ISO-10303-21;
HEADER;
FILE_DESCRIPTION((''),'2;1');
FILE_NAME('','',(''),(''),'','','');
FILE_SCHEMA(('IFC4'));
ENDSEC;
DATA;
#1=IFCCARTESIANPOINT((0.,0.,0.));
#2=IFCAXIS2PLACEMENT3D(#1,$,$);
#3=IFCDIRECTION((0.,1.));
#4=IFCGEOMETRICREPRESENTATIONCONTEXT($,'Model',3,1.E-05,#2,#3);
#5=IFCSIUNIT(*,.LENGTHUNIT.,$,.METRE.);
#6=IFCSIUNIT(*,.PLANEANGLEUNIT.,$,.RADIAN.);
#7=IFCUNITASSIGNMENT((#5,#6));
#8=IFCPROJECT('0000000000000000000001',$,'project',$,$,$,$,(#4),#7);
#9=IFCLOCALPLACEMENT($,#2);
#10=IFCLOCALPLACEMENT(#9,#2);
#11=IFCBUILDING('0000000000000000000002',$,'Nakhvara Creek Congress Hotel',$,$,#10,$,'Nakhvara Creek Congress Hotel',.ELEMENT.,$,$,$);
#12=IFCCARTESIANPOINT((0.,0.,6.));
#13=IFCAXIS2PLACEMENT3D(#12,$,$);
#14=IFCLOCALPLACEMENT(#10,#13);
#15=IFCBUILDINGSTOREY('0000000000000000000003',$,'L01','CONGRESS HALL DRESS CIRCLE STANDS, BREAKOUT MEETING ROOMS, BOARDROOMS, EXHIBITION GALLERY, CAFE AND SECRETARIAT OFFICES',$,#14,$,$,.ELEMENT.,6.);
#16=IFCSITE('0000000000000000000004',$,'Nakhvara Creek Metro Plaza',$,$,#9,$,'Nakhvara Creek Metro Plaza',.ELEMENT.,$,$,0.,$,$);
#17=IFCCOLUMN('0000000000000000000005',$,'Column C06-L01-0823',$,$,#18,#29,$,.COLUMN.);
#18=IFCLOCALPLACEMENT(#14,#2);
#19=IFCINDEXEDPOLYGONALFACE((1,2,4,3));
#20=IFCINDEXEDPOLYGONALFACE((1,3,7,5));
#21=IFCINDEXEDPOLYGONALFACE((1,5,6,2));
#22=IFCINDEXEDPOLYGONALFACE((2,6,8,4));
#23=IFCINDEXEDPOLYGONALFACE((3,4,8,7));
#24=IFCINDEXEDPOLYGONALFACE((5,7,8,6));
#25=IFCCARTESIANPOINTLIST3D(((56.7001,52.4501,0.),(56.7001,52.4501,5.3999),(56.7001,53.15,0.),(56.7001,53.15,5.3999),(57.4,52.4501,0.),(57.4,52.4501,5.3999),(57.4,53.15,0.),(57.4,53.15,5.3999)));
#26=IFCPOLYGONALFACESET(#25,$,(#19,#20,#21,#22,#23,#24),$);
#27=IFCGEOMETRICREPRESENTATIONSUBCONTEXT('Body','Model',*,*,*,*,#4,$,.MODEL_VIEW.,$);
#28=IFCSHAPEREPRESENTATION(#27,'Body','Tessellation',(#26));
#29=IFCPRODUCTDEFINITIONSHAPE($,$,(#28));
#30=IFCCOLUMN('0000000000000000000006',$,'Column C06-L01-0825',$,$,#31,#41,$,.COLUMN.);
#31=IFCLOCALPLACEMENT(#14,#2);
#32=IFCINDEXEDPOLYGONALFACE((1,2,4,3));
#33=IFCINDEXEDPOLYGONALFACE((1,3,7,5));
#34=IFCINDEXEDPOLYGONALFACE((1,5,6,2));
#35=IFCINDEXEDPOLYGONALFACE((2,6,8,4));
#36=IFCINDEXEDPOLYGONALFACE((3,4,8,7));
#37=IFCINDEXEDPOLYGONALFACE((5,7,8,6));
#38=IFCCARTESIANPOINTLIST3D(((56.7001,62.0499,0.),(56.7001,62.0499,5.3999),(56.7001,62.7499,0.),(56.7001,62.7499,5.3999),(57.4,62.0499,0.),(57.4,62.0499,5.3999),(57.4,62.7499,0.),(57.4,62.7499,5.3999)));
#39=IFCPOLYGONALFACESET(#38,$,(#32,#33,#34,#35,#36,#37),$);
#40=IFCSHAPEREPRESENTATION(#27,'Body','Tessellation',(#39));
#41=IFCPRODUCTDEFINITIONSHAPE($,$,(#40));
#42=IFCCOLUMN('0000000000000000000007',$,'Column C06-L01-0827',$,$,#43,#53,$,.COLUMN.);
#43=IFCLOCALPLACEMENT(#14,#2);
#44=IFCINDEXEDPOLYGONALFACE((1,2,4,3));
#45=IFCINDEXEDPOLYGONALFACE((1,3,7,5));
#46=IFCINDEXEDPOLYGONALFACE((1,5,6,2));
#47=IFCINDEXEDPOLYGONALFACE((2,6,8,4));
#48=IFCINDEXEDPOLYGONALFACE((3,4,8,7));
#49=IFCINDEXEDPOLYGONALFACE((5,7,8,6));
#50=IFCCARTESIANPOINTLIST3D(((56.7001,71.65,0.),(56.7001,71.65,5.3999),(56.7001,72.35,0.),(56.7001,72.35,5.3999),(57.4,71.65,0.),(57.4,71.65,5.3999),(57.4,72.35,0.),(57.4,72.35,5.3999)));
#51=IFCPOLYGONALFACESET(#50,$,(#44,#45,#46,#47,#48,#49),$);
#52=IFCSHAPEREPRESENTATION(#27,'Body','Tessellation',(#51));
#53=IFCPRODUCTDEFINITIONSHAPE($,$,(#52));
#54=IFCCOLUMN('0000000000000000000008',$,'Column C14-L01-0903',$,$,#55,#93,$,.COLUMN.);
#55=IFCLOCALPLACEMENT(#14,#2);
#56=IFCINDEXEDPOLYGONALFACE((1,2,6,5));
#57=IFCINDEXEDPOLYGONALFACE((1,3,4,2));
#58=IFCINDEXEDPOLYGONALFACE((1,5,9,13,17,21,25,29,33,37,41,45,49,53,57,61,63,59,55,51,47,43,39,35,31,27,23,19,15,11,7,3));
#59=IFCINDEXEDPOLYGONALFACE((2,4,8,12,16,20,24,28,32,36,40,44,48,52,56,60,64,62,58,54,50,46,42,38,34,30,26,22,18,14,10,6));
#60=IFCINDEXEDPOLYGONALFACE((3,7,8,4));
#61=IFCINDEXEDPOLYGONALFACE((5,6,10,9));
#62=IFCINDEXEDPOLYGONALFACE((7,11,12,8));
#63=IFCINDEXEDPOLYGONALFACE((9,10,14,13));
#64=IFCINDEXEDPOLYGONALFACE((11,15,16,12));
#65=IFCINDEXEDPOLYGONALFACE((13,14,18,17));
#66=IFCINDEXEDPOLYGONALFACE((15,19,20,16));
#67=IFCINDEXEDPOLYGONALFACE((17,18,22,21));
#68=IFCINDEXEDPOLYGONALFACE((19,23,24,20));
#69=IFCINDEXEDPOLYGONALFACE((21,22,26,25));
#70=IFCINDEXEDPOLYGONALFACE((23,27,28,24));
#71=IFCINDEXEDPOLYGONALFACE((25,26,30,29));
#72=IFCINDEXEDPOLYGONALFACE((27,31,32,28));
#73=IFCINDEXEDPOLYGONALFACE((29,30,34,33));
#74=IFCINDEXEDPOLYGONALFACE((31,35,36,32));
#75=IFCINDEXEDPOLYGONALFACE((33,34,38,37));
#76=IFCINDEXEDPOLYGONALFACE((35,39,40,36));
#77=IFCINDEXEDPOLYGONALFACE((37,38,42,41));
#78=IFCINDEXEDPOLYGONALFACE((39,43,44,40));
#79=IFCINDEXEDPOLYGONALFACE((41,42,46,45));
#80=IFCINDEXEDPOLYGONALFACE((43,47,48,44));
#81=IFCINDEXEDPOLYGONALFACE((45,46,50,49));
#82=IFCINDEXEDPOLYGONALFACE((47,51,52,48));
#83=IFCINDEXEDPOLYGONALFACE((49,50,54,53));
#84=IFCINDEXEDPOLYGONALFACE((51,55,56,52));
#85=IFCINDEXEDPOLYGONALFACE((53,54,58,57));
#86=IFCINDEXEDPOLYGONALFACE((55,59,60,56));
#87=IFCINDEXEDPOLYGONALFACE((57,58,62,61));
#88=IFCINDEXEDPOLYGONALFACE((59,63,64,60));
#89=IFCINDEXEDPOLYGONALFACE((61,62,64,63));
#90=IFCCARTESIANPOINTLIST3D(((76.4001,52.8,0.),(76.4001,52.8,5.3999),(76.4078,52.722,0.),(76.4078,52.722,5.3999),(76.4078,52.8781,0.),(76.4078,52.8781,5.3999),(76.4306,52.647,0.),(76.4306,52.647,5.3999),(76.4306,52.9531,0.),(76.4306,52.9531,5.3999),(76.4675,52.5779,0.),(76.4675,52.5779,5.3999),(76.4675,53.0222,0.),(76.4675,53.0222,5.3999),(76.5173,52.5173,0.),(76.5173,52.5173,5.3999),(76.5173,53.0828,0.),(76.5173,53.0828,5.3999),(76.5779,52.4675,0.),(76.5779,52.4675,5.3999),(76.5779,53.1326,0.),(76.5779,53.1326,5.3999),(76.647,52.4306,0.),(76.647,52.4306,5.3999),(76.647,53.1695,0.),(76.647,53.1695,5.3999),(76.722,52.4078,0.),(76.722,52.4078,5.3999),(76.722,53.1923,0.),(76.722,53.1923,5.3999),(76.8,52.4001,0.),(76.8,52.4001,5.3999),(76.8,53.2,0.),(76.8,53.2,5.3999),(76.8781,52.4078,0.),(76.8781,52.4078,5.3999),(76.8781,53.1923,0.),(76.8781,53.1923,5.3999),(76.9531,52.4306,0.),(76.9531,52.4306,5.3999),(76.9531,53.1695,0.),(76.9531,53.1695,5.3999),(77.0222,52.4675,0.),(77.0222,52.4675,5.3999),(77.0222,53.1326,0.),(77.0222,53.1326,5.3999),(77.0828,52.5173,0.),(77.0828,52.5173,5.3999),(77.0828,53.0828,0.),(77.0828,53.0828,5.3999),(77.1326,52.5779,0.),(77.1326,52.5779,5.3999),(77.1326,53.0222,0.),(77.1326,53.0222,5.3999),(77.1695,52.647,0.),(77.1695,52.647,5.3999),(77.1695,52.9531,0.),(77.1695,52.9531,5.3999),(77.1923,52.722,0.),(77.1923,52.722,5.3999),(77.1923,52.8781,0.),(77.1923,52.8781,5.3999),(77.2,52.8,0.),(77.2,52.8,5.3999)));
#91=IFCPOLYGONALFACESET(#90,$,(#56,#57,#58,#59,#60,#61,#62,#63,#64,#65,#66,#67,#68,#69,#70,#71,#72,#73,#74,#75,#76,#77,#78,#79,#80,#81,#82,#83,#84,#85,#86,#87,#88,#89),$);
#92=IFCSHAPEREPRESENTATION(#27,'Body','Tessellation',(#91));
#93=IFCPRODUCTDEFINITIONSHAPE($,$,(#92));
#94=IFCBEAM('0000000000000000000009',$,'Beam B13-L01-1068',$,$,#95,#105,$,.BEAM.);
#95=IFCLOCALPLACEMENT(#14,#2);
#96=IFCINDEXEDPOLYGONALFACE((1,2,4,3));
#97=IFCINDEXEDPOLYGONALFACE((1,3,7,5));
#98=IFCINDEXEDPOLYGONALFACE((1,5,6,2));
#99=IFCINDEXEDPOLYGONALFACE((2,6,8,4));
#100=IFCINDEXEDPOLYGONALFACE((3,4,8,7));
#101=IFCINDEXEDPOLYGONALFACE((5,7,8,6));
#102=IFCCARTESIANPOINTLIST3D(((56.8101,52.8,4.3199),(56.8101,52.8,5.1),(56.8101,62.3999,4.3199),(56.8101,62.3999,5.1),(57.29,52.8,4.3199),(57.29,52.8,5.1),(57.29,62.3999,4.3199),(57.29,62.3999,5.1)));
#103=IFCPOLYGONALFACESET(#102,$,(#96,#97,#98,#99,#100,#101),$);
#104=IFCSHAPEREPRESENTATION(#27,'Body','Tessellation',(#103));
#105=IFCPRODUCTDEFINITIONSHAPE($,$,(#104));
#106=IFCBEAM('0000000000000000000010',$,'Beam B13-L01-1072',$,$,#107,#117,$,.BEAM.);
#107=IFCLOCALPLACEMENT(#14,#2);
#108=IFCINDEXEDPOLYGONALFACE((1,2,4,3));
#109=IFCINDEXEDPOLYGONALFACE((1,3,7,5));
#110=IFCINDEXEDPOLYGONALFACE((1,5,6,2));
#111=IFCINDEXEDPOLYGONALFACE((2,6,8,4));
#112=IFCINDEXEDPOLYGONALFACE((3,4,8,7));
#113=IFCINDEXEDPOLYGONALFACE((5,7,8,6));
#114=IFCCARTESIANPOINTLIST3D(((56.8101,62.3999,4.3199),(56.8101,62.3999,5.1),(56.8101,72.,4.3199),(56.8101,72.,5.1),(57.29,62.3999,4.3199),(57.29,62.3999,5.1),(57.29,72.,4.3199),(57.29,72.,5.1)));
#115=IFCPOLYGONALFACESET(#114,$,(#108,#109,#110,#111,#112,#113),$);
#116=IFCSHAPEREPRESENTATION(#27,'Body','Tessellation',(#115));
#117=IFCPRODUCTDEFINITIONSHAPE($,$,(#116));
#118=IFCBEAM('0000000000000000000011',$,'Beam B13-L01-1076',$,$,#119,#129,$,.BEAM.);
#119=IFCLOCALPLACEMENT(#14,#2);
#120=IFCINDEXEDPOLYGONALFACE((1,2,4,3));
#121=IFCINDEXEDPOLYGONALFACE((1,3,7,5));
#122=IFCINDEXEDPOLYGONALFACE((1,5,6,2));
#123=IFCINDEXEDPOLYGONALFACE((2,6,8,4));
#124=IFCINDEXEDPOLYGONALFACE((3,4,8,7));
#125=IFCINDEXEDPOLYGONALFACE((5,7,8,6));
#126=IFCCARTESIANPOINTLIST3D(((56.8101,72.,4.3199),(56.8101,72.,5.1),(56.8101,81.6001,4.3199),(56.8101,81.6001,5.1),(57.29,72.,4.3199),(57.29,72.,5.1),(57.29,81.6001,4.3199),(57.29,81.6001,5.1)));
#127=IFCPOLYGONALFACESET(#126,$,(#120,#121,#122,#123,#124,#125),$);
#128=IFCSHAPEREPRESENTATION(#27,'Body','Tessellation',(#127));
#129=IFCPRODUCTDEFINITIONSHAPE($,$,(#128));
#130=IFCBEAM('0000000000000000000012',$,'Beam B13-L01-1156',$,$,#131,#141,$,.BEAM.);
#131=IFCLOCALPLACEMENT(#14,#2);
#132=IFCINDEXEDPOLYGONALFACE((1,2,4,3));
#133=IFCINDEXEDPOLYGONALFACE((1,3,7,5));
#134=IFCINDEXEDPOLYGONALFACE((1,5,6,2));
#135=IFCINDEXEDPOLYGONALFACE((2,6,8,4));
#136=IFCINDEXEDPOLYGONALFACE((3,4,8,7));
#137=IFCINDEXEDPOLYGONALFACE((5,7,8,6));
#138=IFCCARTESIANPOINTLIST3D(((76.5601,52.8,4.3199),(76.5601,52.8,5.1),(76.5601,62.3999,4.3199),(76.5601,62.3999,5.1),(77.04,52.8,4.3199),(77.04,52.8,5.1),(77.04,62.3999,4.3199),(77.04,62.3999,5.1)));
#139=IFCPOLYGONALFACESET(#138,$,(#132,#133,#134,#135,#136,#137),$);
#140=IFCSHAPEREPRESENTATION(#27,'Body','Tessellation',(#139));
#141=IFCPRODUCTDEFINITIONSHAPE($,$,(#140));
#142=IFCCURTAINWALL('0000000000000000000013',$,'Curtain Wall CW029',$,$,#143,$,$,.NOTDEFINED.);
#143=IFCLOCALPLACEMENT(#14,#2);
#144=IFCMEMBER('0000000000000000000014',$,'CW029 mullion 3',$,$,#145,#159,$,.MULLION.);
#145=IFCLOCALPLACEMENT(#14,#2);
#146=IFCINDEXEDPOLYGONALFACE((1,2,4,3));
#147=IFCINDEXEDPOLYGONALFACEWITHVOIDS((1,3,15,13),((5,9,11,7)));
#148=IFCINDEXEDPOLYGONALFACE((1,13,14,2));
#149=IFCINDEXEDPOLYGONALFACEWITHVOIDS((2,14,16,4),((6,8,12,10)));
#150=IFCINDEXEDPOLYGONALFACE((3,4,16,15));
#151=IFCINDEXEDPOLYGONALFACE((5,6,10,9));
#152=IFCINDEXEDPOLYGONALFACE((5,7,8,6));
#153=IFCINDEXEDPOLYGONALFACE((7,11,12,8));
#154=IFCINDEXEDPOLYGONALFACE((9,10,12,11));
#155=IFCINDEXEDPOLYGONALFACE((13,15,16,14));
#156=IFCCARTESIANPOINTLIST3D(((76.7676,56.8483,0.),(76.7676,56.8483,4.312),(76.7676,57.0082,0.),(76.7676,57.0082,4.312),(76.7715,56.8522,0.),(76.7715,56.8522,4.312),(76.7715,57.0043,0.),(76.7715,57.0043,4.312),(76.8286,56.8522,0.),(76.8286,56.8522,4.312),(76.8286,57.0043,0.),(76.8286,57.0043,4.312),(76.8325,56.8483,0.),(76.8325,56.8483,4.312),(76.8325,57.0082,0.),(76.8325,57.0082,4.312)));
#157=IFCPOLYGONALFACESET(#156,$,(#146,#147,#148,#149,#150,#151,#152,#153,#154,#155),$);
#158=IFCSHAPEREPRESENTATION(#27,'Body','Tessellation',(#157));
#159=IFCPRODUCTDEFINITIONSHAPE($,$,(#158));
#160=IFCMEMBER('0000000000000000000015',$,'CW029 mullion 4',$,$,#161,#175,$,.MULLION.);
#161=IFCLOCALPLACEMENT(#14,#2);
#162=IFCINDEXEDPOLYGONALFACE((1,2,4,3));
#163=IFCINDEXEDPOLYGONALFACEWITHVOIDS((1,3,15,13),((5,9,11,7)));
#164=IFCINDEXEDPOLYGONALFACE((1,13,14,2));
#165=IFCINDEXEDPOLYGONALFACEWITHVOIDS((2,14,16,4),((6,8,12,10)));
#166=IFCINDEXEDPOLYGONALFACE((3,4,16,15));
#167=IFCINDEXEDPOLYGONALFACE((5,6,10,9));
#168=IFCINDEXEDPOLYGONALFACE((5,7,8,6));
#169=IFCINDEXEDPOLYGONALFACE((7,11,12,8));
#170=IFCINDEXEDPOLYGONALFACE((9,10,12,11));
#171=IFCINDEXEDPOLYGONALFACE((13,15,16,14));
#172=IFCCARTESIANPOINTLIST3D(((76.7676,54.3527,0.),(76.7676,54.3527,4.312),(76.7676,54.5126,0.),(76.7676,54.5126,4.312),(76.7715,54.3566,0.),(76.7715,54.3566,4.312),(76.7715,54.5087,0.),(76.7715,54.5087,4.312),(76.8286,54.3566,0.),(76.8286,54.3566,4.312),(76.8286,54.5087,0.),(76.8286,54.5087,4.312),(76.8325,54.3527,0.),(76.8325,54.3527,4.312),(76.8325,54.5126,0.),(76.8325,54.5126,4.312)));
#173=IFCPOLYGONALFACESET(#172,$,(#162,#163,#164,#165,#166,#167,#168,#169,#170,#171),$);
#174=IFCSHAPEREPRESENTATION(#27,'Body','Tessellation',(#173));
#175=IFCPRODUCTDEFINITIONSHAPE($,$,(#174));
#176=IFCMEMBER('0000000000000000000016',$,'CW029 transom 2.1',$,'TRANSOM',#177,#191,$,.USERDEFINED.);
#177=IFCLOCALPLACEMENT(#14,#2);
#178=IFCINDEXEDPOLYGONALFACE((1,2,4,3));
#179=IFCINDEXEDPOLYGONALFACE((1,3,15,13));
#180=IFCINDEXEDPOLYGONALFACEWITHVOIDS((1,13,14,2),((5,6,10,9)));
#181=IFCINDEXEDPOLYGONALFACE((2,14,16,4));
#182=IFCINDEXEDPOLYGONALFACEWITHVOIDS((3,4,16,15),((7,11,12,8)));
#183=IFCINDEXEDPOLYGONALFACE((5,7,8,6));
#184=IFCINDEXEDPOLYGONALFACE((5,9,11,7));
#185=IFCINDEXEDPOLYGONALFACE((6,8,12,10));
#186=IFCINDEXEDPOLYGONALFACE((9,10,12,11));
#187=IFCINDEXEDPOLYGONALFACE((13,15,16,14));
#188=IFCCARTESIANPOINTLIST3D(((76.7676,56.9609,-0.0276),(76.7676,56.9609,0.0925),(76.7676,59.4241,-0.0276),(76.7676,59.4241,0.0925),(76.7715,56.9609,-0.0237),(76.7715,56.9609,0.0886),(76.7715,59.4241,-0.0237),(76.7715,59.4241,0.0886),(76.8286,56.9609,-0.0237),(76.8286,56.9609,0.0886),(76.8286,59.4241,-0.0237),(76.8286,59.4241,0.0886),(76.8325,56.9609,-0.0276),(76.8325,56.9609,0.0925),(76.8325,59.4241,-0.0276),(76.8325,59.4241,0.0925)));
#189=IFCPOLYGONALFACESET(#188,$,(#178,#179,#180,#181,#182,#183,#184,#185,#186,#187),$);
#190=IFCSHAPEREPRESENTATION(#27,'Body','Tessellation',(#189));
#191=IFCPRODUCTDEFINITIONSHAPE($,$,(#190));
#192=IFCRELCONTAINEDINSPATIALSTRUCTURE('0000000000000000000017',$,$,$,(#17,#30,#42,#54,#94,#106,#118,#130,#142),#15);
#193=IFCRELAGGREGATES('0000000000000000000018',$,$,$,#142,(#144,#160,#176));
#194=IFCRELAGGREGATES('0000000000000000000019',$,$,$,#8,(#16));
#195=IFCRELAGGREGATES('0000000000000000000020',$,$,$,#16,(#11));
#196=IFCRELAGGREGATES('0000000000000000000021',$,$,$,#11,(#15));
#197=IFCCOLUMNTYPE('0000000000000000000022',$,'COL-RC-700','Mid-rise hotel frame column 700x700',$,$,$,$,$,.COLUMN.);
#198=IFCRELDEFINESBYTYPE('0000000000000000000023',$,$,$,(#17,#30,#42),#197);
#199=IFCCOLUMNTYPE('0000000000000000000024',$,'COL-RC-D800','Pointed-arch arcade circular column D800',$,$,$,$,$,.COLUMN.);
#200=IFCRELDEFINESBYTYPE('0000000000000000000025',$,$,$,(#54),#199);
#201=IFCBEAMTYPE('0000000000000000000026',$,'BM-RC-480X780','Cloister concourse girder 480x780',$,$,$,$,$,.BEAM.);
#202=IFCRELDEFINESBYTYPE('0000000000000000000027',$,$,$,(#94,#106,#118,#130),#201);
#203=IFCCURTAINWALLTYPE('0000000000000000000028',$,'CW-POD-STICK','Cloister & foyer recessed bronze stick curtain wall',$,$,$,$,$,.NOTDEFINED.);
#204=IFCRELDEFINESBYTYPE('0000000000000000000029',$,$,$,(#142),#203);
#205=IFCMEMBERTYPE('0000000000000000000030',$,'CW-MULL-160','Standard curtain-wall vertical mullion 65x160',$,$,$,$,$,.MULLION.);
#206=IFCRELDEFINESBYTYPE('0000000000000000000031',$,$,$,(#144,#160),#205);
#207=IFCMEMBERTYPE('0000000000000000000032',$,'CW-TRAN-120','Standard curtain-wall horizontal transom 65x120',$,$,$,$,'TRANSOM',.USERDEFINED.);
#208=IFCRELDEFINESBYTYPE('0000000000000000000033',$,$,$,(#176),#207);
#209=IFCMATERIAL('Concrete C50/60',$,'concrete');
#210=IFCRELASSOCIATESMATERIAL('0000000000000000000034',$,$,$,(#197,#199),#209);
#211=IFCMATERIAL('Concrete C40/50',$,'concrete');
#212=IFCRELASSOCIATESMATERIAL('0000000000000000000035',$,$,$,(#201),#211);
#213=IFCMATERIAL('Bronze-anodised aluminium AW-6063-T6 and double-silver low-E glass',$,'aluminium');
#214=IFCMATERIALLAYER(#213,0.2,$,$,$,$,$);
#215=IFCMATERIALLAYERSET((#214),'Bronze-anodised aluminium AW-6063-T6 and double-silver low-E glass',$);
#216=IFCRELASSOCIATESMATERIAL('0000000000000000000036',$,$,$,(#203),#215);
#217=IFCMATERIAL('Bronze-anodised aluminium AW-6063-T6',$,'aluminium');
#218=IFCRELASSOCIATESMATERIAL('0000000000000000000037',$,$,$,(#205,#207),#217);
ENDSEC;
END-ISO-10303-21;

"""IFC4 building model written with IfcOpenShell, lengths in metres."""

from ifc_helpers import new_model, si_unit, direction, frame, origin, origin_2d, place, context, subcontext, project, spatial, rectangle, hollow_rectangle, circle, extrude, material, layer, layer_set, material_profile, profile_set, type_object, element, aggregate, save


model = new_model("IFC4")

# Units and contexts
model_context = context("Model", 3, precision=1e-05, world=origin(), true_north=direction((0.0, 1.0)))
body_context = subcontext(model_context, "Body", "Model", "MODEL_VIEW")
ifc_project = project(units=[si_unit("LENGTHUNIT", "METRE"), si_unit("PLANEANGLEUNIT", "RADIAN")], contexts=[model_context])

# Site, building, storey
site_placement = place(None, origin())
site = spatial("IfcSite", under=ifc_project, at=site_placement, Name="Nakhvara Creek Metro Plaza", LongName="Nakhvara Creek Metro Plaza", CompositionType="ELEMENT", RefElevation=0.0)
building_placement = place(site_placement, origin())
building = spatial("IfcBuilding", under=site, at=building_placement, Name="Nakhvara Creek Congress Hotel", LongName="Nakhvara Creek Congress Hotel", CompositionType="ELEMENT")
storey_placement = place(building_placement, frame((0.0, 0.0, 6.0)))
storey = spatial("IfcBuildingStorey", under=building, at=storey_placement, Name="L01", Description="CONGRESS HALL DRESS CIRCLE STANDS, BREAKOUT MEETING ROOMS, BOARDROOMS, EXHIBITION GALLERY, CAFE AND SECRETARIAT OFFICES", CompositionType="ELEMENT", Elevation=6.0)

# Columns
ifc_material_1 = material(Name="Concrete C50/60", Category="concrete")
ifc_material_profile_1 = material_profile(ifc_material_1, rectangle(XDim=0.7, YDim=0.7, at=origin_2d()), Name="RC-COL 700x700", Category="LoadBearing")
ifc_profile_set_1 = profile_set([ifc_material_profile_1], Name="Concrete C50/60")
column_type_1 = type_object("IfcColumnType", Name="COL-RC-700", Description="Mid-rise hotel frame column 700x700", PredefinedType="COLUMN", material=ifc_profile_set_1)
for number, where, z_axis, x_axis, name in (
    (1, (57.05, 52.8, 0.0), (0.0, 0.0, 1.0), (1.0, 0.0, 0.0), "Column C06-L01-0823"),
    (2, (57.05, 62.3999, 0.0), (0.0, 0.0, 1.0), (1.0, 0.0, 0.0), "Column C06-L01-0825"),
    (3, (57.05, 72.0, 0.0), (0.0, 0.0, 1.0), (1.0, 0.0, 0.0), "Column C06-L01-0827"),
):
    element("IfcColumn", number, at=place(storey_placement, frame(where, z_axis=z_axis, x_axis=x_axis)), inside=storey, type_object=column_type_1, Name=name, PredefinedType="COLUMN", context=body_context, shape_type="SweptSolid", body=[
        extrude(rectangle(XDim=0.7, YDim=0.7, at=origin_2d()), origin(), (0.0, 0.0, 1.0), 5.3999),
    ])
ifc_material_profile_2 = material_profile(ifc_material_1, circle(Radius=0.3999, at=origin_2d()), Name="RC-COL D800", Category="LoadBearing")
ifc_profile_set_2 = profile_set([ifc_material_profile_2], Name="Concrete C50/60")
column_type_2 = type_object("IfcColumnType", Name="COL-RC-D800", Description="Pointed-arch arcade circular column D800", PredefinedType="COLUMN", material=ifc_profile_set_2)
column_placement = place(storey_placement, frame((76.8, 52.8, 0.0), z_axis=(0.0, 0.0, 1.0), x_axis=(1.0, 0.0, 0.0)))
element("IfcColumn", 4, at=column_placement, inside=storey, type_object=column_type_2, Name="Column C14-L01-0903", PredefinedType="COLUMN", context=body_context, shape_type="SweptSolid", body=[
    extrude(circle(Radius=0.3999, at=origin_2d()), origin(), (0.0, 0.0, 1.0), 5.3999),
])

# Beams
ifc_material_2 = material(Name="Concrete C40/50", Category="concrete")
ifc_material_profile_3 = material_profile(ifc_material_2, rectangle(XDim=0.48, YDim=0.78, at=origin_2d()), Name="RC-BM 480x780", Category="LoadBearing")
ifc_profile_set_3 = profile_set([ifc_material_profile_3], Name="Concrete C40/50")
beam_type = type_object("IfcBeamType", Name="BM-RC-480X780", Description="Cloister concourse girder 480x780", PredefinedType="BEAM", material=ifc_profile_set_3)
beam_1_placement = place(storey_placement, frame((57.05, 52.8, 4.71), z_axis=(0.0, 1.0, 0.0), x_axis=(-1.0, 0.0, 0.0)))
element("IfcBeam", 5, at=beam_1_placement, inside=storey, type_object=beam_type, Name="Beam B13-L01-1068", PredefinedType="BEAM", context=body_context, shape_type="SweptSolid", body=[
    extrude(rectangle(XDim=0.48, YDim=0.78, at=origin_2d()), origin(), (0.0, 0.0, 1.0), 9.5999),
])
for number, where, z_axis, x_axis, name in (
    (6, (57.05, 62.3999, 4.71), (0.0, 1.0, 0.0), (-1.0, 0.0, 0.0), "Beam B13-L01-1072"),
    (7, (57.05, 72.0, 4.71), (0.0, 1.0, 0.0), (-1.0, 0.0, 0.0), "Beam B13-L01-1076"),
):
    element("IfcBeam", number, at=place(storey_placement, frame(where, z_axis=z_axis, x_axis=x_axis)), inside=storey, type_object=beam_type, Name=name, PredefinedType="BEAM", context=body_context, shape_type="SweptSolid", body=[
        extrude(rectangle(XDim=0.48, YDim=0.78, at=origin_2d()), origin(), (0.0, 0.0, 1.0), 9.6001),
    ])
beam_2_placement = place(storey_placement, frame((76.8, 52.8, 4.71), z_axis=(0.0, 1.0, 0.0), x_axis=(-1.0, 0.0, 0.0)))
element("IfcBeam", 8, at=beam_2_placement, inside=storey, type_object=beam_type, Name="Beam B13-L01-1156", PredefinedType="BEAM", context=body_context, shape_type="SweptSolid", body=[
    extrude(rectangle(XDim=0.48, YDim=0.78, at=origin_2d()), origin(), (0.0, 0.0, 1.0), 9.5999),
])

# Curtain wall, members
ifc_material_3 = material(Name="Bronze-anodised aluminium AW-6063-T6 and double-silver low-E glass", Category="aluminium")
ifc_layer_1 = layer(ifc_material_3, 0.2)
ifc_layer_set_1 = layer_set([ifc_layer_1], Name="Bronze-anodised aluminium AW-6063-T6 and double-silver low-E glass")
curtain_wall_type = type_object("IfcCurtainWallType", Name="CW-POD-STICK", Description="Cloister & foyer recessed bronze stick curtain wall", PredefinedType="NOTDEFINED", material=ifc_layer_set_1)
curtain_wall_placement = place(storey_placement, origin())
curtain_wall = element("IfcCurtainWall", 9, at=curtain_wall_placement, inside=storey, type_object=curtain_wall_type, Name="Curtain Wall CW029", PredefinedType="NOTDEFINED")
ifc_material_4 = material(Name="Bronze-anodised aluminium AW-6063-T6", Category="aluminium")
ifc_material_profile_4 = material_profile(ifc_material_4, hollow_rectangle(XDim=0.0649, YDim=0.1599, WallThickness=0.0039, at=origin_2d()), Name="ALU-MULL 65x160x4", Category="LoadBearing")
ifc_profile_set_4 = profile_set([ifc_material_profile_4], Name="Bronze-anodised aluminium AW-6063-T6")
member_type_1 = type_object("IfcMemberType", Name="CW-MULL-160", Description="Standard curtain-wall vertical mullion 65x160", PredefinedType="MULLION", material=ifc_profile_set_4)
member_1_placement = place(storey_placement, frame((76.8, 56.9282, 0.0), z_axis=(0.0, 0.0, 1.0), x_axis=(1.0, 0.0, 0.0)))
member_1 = element("IfcMember", 10, at=member_1_placement, type_object=member_type_1, Name="CW029 mullion 3", PredefinedType="MULLION", context=body_context, shape_type="SweptSolid", body=[
    extrude(hollow_rectangle(XDim=0.0649, YDim=0.1599, WallThickness=0.0039, at=origin_2d()), origin(), (0.0, 0.0, 1.0), 4.312),
])
member_2_placement = place(storey_placement, frame((76.8, 54.4326, 0.0), z_axis=(0.0, 0.0, 1.0), x_axis=(1.0, 0.0, 0.0)))
member_2 = element("IfcMember", 11, at=member_2_placement, type_object=member_type_1, Name="CW029 mullion 4", PredefinedType="MULLION", context=body_context, shape_type="SweptSolid", body=[
    extrude(hollow_rectangle(XDim=0.0649, YDim=0.1599, WallThickness=0.0039, at=origin_2d()), origin(), (0.0, 0.0, 1.0), 4.312),
])
ifc_material_profile_5 = material_profile(ifc_material_4, hollow_rectangle(XDim=0.0649, YDim=0.1201, WallThickness=0.0039, at=origin_2d()), Name="ALU-TRAN 65x120x4", Category="LoadBearing")
ifc_profile_set_5 = profile_set([ifc_material_profile_5], Name="Bronze-anodised aluminium AW-6063-T6")
member_type_2 = type_object("IfcMemberType", Name="CW-TRAN-120", Description="Standard curtain-wall horizontal transom 65x120", ElementType="TRANSOM", PredefinedType="USERDEFINED", material=ifc_profile_set_5)
member_3_placement = place(storey_placement, frame((76.8, 59.4241, 0.0325), z_axis=(0.0, -1.0, 0.0), x_axis=(1.0, 0.0, 0.0)))
member_3 = element("IfcMember", 12, at=member_3_placement, type_object=member_type_2, Name="CW029 transom 2.1", ObjectType="TRANSOM", PredefinedType="USERDEFINED", context=body_context, shape_type="SweptSolid", body=[
    extrude(hollow_rectangle(XDim=0.0649, YDim=0.1201, WallThickness=0.0039, at=origin_2d()), origin(), (0.0, 0.0, 1.0), 2.4631),
])
aggregate(curtain_wall, [member_1, member_2, member_3])

save(model, "model.ifc")
